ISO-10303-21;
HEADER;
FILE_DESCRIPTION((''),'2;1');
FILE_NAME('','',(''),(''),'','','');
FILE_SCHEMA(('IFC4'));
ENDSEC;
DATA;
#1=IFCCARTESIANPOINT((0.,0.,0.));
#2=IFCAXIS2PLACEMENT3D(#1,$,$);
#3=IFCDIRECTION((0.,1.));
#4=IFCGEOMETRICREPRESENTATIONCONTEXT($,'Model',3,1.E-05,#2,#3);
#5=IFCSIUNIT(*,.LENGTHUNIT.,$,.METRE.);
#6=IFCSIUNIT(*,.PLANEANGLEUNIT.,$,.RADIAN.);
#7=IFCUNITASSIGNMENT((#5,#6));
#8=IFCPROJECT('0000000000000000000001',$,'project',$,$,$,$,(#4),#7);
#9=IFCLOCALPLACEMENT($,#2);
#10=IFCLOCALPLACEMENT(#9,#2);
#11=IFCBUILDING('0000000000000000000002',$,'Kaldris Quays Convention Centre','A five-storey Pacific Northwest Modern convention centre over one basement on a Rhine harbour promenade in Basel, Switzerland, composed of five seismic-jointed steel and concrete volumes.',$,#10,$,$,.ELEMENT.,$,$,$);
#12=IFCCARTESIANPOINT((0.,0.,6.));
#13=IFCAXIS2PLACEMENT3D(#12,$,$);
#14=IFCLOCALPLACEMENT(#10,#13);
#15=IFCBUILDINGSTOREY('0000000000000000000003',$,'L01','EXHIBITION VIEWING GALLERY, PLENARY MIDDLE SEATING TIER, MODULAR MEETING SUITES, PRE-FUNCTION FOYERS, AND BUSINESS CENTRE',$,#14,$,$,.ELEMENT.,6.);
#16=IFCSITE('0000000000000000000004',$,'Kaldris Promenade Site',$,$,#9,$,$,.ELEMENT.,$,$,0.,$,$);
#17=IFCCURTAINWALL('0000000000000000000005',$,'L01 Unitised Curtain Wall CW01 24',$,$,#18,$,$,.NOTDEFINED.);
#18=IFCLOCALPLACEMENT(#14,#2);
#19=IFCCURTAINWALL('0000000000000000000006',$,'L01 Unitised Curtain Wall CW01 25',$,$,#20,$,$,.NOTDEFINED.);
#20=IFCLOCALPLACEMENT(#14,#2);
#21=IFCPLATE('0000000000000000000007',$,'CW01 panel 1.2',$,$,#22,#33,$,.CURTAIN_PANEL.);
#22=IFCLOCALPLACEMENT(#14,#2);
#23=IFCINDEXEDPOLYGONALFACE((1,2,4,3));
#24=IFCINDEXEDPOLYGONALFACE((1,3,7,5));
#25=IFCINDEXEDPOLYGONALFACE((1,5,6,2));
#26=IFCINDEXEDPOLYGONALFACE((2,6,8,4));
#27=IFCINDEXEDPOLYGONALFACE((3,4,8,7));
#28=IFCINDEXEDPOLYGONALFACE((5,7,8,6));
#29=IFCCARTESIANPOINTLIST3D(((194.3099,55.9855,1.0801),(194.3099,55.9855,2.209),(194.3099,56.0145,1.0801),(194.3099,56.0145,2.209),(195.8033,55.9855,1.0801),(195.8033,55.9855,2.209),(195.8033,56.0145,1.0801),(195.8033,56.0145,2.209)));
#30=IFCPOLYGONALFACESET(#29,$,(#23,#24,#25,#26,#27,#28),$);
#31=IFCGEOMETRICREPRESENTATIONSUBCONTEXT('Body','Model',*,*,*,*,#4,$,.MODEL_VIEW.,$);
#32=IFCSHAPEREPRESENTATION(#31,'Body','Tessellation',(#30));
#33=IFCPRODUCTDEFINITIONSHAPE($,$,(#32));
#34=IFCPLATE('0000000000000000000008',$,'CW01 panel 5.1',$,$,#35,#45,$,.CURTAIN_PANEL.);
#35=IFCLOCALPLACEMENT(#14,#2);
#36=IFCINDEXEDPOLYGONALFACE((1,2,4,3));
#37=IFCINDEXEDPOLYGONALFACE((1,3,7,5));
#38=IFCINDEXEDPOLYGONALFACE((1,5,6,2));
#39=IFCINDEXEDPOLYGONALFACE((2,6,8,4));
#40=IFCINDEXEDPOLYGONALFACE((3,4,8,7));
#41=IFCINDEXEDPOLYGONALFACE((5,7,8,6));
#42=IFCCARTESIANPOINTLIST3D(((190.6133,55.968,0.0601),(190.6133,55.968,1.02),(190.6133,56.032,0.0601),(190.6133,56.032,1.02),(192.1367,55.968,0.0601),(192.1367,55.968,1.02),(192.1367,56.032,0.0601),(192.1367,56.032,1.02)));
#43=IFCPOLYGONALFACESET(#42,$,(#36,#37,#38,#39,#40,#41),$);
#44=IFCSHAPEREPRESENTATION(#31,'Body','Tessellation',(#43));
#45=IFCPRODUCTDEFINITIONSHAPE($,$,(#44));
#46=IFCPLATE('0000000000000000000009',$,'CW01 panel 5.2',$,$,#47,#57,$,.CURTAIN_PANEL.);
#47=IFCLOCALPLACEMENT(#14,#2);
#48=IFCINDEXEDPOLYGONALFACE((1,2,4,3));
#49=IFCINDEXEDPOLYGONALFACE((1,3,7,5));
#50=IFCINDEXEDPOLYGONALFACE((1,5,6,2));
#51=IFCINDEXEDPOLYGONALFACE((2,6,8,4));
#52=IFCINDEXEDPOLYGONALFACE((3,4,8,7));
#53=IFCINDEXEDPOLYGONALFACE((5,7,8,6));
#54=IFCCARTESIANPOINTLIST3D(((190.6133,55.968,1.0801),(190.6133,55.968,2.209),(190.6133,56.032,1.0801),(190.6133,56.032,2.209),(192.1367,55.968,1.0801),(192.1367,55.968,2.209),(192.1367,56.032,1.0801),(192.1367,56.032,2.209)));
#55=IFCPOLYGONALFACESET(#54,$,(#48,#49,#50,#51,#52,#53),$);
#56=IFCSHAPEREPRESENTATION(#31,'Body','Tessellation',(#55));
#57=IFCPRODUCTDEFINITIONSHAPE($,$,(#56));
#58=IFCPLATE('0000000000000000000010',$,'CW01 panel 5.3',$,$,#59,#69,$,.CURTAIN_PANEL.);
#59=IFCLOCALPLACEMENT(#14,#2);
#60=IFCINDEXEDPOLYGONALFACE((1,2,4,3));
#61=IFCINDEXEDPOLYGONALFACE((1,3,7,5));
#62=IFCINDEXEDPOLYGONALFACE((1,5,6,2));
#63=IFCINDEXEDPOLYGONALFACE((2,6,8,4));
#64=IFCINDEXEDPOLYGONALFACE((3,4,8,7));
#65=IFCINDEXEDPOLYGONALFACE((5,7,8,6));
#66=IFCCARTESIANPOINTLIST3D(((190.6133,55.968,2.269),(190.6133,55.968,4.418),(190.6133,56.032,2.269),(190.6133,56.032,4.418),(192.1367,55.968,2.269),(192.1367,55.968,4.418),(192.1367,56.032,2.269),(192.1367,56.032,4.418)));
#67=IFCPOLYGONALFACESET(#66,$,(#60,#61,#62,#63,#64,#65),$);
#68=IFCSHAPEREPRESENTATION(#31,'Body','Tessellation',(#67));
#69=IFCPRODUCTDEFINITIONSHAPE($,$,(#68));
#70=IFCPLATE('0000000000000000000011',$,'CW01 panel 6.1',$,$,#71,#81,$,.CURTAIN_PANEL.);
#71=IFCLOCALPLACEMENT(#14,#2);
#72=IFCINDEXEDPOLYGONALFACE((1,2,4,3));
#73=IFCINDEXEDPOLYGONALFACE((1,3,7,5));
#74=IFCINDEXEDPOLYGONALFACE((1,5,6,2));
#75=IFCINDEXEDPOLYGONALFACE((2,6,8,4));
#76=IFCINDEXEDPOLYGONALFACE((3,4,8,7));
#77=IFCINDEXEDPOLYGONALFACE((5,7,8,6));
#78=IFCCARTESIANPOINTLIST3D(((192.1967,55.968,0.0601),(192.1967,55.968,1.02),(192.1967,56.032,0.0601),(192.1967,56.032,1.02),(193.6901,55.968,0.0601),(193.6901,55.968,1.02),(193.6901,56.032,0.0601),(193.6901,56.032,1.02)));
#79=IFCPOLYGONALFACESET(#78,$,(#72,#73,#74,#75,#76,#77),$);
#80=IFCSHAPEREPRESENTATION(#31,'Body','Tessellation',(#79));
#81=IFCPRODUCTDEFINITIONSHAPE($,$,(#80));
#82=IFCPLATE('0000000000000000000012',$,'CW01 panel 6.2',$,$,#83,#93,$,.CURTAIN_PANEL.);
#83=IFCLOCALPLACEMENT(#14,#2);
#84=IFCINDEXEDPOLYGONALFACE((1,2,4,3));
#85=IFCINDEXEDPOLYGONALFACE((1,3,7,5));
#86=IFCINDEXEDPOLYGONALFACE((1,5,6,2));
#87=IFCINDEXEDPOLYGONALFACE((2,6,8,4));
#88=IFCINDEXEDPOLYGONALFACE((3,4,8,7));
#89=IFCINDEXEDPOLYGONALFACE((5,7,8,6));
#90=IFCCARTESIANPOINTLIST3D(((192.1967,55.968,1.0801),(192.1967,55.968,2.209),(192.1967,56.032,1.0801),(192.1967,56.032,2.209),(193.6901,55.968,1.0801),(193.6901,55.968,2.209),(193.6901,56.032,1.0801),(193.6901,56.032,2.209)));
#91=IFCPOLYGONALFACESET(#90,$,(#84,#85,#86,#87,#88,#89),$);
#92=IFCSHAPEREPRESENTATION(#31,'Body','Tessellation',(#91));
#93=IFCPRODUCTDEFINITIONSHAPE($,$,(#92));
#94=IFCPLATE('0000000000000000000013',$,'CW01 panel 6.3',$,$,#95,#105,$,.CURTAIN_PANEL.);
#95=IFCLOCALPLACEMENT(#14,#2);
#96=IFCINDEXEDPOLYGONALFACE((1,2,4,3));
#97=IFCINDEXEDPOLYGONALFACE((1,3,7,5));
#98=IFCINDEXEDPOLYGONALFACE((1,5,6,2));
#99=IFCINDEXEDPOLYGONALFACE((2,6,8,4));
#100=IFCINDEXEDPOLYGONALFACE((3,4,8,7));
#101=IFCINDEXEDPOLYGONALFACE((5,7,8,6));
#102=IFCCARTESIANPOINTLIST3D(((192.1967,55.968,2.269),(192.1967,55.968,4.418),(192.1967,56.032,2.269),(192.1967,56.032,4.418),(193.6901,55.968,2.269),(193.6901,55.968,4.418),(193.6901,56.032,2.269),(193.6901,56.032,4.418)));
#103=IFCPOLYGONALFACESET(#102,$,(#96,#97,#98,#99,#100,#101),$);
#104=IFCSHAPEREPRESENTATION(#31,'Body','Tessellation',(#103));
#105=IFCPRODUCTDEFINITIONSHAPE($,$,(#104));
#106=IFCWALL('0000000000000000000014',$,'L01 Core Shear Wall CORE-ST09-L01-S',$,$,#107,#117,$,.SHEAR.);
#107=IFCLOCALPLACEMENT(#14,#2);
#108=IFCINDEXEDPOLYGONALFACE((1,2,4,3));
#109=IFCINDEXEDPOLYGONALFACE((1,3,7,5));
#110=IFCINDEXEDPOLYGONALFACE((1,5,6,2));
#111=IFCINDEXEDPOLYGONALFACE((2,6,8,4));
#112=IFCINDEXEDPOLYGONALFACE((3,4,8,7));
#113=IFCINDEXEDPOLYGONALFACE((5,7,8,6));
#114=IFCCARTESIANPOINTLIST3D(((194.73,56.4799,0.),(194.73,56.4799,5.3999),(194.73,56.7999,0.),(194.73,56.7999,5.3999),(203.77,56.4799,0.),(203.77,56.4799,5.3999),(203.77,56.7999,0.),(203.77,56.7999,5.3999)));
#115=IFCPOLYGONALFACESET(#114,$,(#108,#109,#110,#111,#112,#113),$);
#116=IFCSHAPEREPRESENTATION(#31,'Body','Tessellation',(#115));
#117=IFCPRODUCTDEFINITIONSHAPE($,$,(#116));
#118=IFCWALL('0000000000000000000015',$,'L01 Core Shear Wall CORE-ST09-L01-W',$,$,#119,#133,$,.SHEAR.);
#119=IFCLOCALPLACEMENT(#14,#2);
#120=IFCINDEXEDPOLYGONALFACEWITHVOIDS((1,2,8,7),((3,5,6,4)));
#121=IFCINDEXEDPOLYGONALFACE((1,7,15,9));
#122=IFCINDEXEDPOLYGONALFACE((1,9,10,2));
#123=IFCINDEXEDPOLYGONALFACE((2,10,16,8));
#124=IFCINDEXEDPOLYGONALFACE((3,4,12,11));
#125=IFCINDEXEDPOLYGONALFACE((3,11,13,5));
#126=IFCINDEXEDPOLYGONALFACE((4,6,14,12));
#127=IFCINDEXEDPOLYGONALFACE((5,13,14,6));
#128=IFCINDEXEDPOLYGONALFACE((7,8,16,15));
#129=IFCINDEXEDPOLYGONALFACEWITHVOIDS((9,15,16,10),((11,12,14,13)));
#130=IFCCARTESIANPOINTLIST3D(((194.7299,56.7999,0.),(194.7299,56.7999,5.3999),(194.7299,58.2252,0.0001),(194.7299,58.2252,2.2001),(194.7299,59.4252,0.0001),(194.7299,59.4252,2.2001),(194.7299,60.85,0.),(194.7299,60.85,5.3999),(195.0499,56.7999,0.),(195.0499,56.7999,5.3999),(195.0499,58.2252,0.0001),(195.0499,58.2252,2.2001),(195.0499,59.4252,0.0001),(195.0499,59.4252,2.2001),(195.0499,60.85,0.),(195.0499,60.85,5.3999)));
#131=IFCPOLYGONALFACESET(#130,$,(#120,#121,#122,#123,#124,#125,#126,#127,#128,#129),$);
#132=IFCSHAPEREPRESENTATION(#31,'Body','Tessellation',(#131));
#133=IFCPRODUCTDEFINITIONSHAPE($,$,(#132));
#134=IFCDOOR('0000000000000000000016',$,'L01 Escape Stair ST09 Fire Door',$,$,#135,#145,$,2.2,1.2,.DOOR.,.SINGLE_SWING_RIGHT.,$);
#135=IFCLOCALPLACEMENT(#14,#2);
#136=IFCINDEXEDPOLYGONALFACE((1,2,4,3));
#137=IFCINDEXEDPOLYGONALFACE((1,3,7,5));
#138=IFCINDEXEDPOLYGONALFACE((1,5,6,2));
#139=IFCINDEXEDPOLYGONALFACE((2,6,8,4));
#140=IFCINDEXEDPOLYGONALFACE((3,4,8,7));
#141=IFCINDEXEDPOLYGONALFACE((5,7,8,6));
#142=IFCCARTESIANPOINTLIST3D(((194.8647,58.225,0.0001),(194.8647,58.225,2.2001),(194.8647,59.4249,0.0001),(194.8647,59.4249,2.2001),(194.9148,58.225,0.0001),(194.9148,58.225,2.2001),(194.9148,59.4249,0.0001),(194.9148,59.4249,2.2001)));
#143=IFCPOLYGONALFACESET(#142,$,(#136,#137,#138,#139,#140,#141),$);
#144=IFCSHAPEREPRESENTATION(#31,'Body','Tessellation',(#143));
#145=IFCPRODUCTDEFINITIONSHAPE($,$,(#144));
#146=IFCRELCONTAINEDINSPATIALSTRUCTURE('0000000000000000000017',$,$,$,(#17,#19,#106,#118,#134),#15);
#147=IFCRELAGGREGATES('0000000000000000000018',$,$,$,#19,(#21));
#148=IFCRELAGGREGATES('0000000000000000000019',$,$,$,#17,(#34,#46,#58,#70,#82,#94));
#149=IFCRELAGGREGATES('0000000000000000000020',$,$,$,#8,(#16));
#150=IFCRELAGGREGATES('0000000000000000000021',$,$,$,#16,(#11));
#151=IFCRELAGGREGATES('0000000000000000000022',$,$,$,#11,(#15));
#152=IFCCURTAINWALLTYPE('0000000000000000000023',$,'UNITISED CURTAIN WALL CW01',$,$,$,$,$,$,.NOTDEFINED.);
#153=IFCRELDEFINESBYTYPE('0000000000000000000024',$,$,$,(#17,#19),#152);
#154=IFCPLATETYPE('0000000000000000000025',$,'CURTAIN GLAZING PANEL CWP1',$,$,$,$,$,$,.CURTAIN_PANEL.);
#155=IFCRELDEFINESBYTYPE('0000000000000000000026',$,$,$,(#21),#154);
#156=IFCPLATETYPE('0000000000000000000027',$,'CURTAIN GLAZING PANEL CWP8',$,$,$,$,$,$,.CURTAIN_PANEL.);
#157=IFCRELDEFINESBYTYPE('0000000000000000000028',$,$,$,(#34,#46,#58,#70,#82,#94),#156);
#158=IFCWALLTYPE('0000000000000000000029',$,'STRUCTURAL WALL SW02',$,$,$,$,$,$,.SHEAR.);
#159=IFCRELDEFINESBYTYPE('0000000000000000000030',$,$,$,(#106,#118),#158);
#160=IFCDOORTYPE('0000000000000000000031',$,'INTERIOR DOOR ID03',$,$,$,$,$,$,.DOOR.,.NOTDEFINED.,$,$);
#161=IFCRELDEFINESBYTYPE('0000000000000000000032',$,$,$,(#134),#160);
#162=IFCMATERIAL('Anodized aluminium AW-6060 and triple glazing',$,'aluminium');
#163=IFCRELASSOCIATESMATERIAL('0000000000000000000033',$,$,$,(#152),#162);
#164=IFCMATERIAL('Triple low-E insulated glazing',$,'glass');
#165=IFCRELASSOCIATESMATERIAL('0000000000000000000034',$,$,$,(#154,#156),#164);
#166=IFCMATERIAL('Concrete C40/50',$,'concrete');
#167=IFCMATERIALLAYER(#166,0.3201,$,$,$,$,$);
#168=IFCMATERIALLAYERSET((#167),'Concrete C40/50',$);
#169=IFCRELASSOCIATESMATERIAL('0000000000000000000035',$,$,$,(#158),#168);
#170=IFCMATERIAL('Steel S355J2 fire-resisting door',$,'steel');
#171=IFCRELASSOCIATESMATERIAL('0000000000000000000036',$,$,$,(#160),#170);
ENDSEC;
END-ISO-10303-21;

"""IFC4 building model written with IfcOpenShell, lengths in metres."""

from ifc_helpers import new_model, si_unit, direction, frame, frame_2d, origin, origin_2d, place, context, subcontext, project, spatial, rectangle, extrude, material, layer, layer_set, type_object, element, fill, aggregate, save


model = new_model("IFC4")

# Units and contexts
model_context = context("Model", 3, precision=1e-05, world=origin(), true_north=direction((0.0, 1.0)))
body_context = subcontext(model_context, "Body", "Model", "MODEL_VIEW")
ifc_project = project(units=[si_unit("LENGTHUNIT", "METRE"), si_unit("PLANEANGLEUNIT", "RADIAN")], contexts=[model_context])

# Site, building, storey
site_placement = place(None, origin())
site = spatial("IfcSite", under=ifc_project, at=site_placement, Name="Kaldris Promenade Site", CompositionType="ELEMENT", RefElevation=0.0)
building_placement = place(site_placement, origin())
building = spatial("IfcBuilding", under=site, at=building_placement, Name="Kaldris Quays Convention Centre", Description="A five-storey Pacific Northwest Modern convention centre over one basement on a Rhine harbour promenade in Basel, Switzerland, composed of five seismic-jointed steel and concrete volumes.", CompositionType="ELEMENT")
storey_placement = place(building_placement, frame((0.0, 0.0, 6.0)))
storey = spatial("IfcBuildingStorey", under=building, at=storey_placement, Name="L01", Description="EXHIBITION VIEWING GALLERY, PLENARY MIDDLE SEATING TIER, MODULAR MEETING SUITES, PRE-FUNCTION FOYERS, AND BUSINESS CENTRE", CompositionType="ELEMENT", Elevation=6.0)

# Curtain wall
ifc_material_1 = material(Name="Anodized aluminium AW-6060 and triple glazing", Category="aluminium")
curtain_wall_type = type_object("IfcCurtainWallType", Name="UNITISED CURTAIN WALL CW01", PredefinedType="NOTDEFINED", material=ifc_material_1)
curtain_wall_1_placement = place(storey_placement, origin())
curtain_wall_1 = element("IfcCurtainWall", 1, at=curtain_wall_1_placement, inside=storey, type_object=curtain_wall_type, Name="L01 Unitised Curtain Wall CW01 24", PredefinedType="NOTDEFINED")

# Curtain wall
curtain_wall_2_placement = place(storey_placement, origin())
curtain_wall_2 = element("IfcCurtainWall", 2, at=curtain_wall_2_placement, inside=storey, type_object=curtain_wall_type, Name="L01 Unitised Curtain Wall CW01 25", PredefinedType="NOTDEFINED")

# Plates
ifc_material_2 = material(Name="Triple low-E insulated glazing", Category="glass")
plate_type_1 = type_object("IfcPlateType", Name="CURTAIN GLAZING PANEL CWP1", PredefinedType="CURTAIN_PANEL", material=ifc_material_2)
plate_1_placement = place(storey_placement, frame((195.0566, 56.0, 1.0801), z_axis=(0.0, 0.0, 1.0), x_axis=(1.0, 0.0, 0.0)))
plate_1 = element("IfcPlate", 3, at=plate_1_placement, type_object=plate_type_1, Name="CW01 panel 1.2", PredefinedType="CURTAIN_PANEL", context=body_context, shape_type="SweptSolid", body=[
    extrude(rectangle(XDim=1.4934, YDim=0.0291, at=origin_2d()), origin(), (0.0, 0.0, 1.0), 1.1289),
])
aggregate(curtain_wall_2, [plate_1])
plate_type_2 = type_object("IfcPlateType", Name="CURTAIN GLAZING PANEL CWP8", PredefinedType="CURTAIN_PANEL", material=ifc_material_2)
plate_2_placement = place(storey_placement, frame((191.375, 56.0, 0.0601), z_axis=(0.0, 0.0, 1.0), x_axis=(1.0, 0.0, 0.0)))
plate_2 = element("IfcPlate", 4, at=plate_2_placement, type_object=plate_type_2, Name="CW01 panel 5.1", PredefinedType="CURTAIN_PANEL", context=body_context, shape_type="SweptSolid", body=[
    extrude(rectangle(XDim=1.5234, YDim=0.064, at=origin_2d()), origin(), (0.0, 0.0, 1.0), 0.96),
])
plate_3_placement = place(storey_placement, frame((191.375, 56.0, 1.0801), z_axis=(0.0, 0.0, 1.0), x_axis=(1.0, 0.0, 0.0)))
plate_3 = element("IfcPlate", 5, at=plate_3_placement, type_object=plate_type_2, Name="CW01 panel 5.2", PredefinedType="CURTAIN_PANEL", context=body_context, shape_type="SweptSolid", body=[
    extrude(rectangle(XDim=1.5234, YDim=0.064, at=origin_2d()), origin(), (0.0, 0.0, 1.0), 1.1289),
])
plate_4_placement = place(storey_placement, frame((191.375, 56.0, 2.269), z_axis=(0.0, 0.0, 1.0), x_axis=(1.0, 0.0, 0.0)))
plate_4 = element("IfcPlate", 6, at=plate_4_placement, type_object=plate_type_2, Name="CW01 panel 5.3", PredefinedType="CURTAIN_PANEL", context=body_context, shape_type="SweptSolid", body=[
    extrude(rectangle(XDim=1.5234, YDim=0.064, at=origin_2d()), origin(), (0.0, 0.0, 1.0), 2.1489),
])
plate_5_placement = place(storey_placement, frame((192.9434, 56.0, 0.0601), z_axis=(0.0, 0.0, 1.0), x_axis=(1.0, 0.0, 0.0)))
plate_5 = element("IfcPlate", 7, at=plate_5_placement, type_object=plate_type_2, Name="CW01 panel 6.1", PredefinedType="CURTAIN_PANEL", context=body_context, shape_type="SweptSolid", body=[
    extrude(rectangle(XDim=1.4934, YDim=0.064, at=origin_2d()), origin(), (0.0, 0.0, 1.0), 0.96),
])
plate_6_placement = place(storey_placement, frame((192.9434, 56.0, 1.0801), z_axis=(0.0, 0.0, 1.0), x_axis=(1.0, 0.0, 0.0)))
plate_6 = element("IfcPlate", 8, at=plate_6_placement, type_object=plate_type_2, Name="CW01 panel 6.2", PredefinedType="CURTAIN_PANEL", context=body_context, shape_type="SweptSolid", body=[
    extrude(rectangle(XDim=1.4934, YDim=0.064, at=origin_2d()), origin(), (0.0, 0.0, 1.0), 1.1289),
])
plate_7_placement = place(storey_placement, frame((192.9434, 56.0, 2.269), z_axis=(0.0, 0.0, 1.0), x_axis=(1.0, 0.0, 0.0)))
plate_7 = element("IfcPlate", 9, at=plate_7_placement, type_object=plate_type_2, Name="CW01 panel 6.3", PredefinedType="CURTAIN_PANEL", context=body_context, shape_type="SweptSolid", body=[
    extrude(rectangle(XDim=1.4934, YDim=0.064, at=origin_2d()), origin(), (0.0, 0.0, 1.0), 2.1489),
])
aggregate(curtain_wall_1, [plate_2, plate_3, plate_4, plate_5, plate_6, plate_7])

# Wall
ifc_material_3 = material(Name="Concrete C40/50", Category="concrete")
ifc_layer = layer(ifc_material_3, 0.3201)
ifc_layer_set = layer_set([ifc_layer], Name="Concrete C40/50")
wall_type = type_object("IfcWallType", Name="STRUCTURAL WALL SW02", PredefinedType="SHEAR", material=ifc_layer_set)
wall_1_placement = place(storey_placement, frame((194.73, 56.6399, 0.0), z_axis=(0.0, 0.0, 1.0), x_axis=(1.0, 0.0, 0.0)))
element("IfcWall", 10, at=wall_1_placement, inside=storey, type_object=wall_type, Name="L01 Core Shear Wall CORE-ST09-L01-S", PredefinedType="SHEAR", context=body_context, shape_type="SweptSolid", body=[
    extrude(rectangle(XDim=9.04, YDim=0.3201, at=frame_2d((4.52, 0.0))), origin(), (0.0, 0.0, 1.0), 5.3999),
])

# Wall, opening, door
wall_2_placement = place(storey_placement, frame((194.8899, 56.8, 0.0), z_axis=(0.0, 0.0, 1.0), x_axis=(0.0, 1.0, 0.0)))
wall_2 = element("IfcWall", 11, at=wall_2_placement, inside=storey, type_object=wall_type, Name="L01 Core Shear Wall CORE-ST09-L01-W", PredefinedType="SHEAR", context=body_context, shape_type="SweptSolid", body=[
    extrude(rectangle(XDim=4.05, YDim=0.3201, at=frame_2d((2.0249, 0.0))), origin(), (0.0, 0.0, 1.0), 5.3999),
])
opening_placement = place(wall_2_placement, frame((1.425, 0.0, 0.0)))
opening = element("IfcOpeningElement", 12, at=opening_placement, cuts=wall_2, PredefinedType="OPENING", context=body_context, shape_type="SweptSolid", body=[
    extrude(rectangle(XDim=1.2, YDim=2.2, at=frame_2d((0.6001, 1.1001))), frame((0.0, 0.1699, 0.0), z_axis=(0.0, -1.0, 0.0), x_axis=(1.0, 0.0, 0.0)), (0.0, 0.0, 1.0), 0.3401),
])
ifc_material_4 = material(Name="Steel S355J2 fire-resisting door", Category="steel")
door_type = type_object("IfcDoorType", Name="INTERIOR DOOR ID03", OperationType="NOTDEFINED", PredefinedType="DOOR", material=ifc_material_4)
door_placement = place(opening_placement, frame((1.2, 0.0, 0.0), z_axis=(0.0, 0.0, 1.0), x_axis=(-1.0, 0.0, 0.0)))
door = element("IfcDoor", 13, at=door_placement, inside=storey, type_object=door_type, Name="L01 Escape Stair ST09 Fire Door", OperationType="SINGLE_SWING_RIGHT", OverallHeight=2.2, OverallWidth=1.2, PredefinedType="DOOR", context=body_context, shape_type="SweptSolid", body=[
    extrude(rectangle(XDim=1.2, YDim=2.2, at=frame_2d((0.6001, 1.1001))), frame((0.0, 0.0249, 0.0), z_axis=(0.0, -1.0, 0.0), x_axis=(1.0, 0.0, 0.0)), (0.0, 0.0, 1.0), 0.05),
])
fill(opening, door)

save(model, "model.ifc")
